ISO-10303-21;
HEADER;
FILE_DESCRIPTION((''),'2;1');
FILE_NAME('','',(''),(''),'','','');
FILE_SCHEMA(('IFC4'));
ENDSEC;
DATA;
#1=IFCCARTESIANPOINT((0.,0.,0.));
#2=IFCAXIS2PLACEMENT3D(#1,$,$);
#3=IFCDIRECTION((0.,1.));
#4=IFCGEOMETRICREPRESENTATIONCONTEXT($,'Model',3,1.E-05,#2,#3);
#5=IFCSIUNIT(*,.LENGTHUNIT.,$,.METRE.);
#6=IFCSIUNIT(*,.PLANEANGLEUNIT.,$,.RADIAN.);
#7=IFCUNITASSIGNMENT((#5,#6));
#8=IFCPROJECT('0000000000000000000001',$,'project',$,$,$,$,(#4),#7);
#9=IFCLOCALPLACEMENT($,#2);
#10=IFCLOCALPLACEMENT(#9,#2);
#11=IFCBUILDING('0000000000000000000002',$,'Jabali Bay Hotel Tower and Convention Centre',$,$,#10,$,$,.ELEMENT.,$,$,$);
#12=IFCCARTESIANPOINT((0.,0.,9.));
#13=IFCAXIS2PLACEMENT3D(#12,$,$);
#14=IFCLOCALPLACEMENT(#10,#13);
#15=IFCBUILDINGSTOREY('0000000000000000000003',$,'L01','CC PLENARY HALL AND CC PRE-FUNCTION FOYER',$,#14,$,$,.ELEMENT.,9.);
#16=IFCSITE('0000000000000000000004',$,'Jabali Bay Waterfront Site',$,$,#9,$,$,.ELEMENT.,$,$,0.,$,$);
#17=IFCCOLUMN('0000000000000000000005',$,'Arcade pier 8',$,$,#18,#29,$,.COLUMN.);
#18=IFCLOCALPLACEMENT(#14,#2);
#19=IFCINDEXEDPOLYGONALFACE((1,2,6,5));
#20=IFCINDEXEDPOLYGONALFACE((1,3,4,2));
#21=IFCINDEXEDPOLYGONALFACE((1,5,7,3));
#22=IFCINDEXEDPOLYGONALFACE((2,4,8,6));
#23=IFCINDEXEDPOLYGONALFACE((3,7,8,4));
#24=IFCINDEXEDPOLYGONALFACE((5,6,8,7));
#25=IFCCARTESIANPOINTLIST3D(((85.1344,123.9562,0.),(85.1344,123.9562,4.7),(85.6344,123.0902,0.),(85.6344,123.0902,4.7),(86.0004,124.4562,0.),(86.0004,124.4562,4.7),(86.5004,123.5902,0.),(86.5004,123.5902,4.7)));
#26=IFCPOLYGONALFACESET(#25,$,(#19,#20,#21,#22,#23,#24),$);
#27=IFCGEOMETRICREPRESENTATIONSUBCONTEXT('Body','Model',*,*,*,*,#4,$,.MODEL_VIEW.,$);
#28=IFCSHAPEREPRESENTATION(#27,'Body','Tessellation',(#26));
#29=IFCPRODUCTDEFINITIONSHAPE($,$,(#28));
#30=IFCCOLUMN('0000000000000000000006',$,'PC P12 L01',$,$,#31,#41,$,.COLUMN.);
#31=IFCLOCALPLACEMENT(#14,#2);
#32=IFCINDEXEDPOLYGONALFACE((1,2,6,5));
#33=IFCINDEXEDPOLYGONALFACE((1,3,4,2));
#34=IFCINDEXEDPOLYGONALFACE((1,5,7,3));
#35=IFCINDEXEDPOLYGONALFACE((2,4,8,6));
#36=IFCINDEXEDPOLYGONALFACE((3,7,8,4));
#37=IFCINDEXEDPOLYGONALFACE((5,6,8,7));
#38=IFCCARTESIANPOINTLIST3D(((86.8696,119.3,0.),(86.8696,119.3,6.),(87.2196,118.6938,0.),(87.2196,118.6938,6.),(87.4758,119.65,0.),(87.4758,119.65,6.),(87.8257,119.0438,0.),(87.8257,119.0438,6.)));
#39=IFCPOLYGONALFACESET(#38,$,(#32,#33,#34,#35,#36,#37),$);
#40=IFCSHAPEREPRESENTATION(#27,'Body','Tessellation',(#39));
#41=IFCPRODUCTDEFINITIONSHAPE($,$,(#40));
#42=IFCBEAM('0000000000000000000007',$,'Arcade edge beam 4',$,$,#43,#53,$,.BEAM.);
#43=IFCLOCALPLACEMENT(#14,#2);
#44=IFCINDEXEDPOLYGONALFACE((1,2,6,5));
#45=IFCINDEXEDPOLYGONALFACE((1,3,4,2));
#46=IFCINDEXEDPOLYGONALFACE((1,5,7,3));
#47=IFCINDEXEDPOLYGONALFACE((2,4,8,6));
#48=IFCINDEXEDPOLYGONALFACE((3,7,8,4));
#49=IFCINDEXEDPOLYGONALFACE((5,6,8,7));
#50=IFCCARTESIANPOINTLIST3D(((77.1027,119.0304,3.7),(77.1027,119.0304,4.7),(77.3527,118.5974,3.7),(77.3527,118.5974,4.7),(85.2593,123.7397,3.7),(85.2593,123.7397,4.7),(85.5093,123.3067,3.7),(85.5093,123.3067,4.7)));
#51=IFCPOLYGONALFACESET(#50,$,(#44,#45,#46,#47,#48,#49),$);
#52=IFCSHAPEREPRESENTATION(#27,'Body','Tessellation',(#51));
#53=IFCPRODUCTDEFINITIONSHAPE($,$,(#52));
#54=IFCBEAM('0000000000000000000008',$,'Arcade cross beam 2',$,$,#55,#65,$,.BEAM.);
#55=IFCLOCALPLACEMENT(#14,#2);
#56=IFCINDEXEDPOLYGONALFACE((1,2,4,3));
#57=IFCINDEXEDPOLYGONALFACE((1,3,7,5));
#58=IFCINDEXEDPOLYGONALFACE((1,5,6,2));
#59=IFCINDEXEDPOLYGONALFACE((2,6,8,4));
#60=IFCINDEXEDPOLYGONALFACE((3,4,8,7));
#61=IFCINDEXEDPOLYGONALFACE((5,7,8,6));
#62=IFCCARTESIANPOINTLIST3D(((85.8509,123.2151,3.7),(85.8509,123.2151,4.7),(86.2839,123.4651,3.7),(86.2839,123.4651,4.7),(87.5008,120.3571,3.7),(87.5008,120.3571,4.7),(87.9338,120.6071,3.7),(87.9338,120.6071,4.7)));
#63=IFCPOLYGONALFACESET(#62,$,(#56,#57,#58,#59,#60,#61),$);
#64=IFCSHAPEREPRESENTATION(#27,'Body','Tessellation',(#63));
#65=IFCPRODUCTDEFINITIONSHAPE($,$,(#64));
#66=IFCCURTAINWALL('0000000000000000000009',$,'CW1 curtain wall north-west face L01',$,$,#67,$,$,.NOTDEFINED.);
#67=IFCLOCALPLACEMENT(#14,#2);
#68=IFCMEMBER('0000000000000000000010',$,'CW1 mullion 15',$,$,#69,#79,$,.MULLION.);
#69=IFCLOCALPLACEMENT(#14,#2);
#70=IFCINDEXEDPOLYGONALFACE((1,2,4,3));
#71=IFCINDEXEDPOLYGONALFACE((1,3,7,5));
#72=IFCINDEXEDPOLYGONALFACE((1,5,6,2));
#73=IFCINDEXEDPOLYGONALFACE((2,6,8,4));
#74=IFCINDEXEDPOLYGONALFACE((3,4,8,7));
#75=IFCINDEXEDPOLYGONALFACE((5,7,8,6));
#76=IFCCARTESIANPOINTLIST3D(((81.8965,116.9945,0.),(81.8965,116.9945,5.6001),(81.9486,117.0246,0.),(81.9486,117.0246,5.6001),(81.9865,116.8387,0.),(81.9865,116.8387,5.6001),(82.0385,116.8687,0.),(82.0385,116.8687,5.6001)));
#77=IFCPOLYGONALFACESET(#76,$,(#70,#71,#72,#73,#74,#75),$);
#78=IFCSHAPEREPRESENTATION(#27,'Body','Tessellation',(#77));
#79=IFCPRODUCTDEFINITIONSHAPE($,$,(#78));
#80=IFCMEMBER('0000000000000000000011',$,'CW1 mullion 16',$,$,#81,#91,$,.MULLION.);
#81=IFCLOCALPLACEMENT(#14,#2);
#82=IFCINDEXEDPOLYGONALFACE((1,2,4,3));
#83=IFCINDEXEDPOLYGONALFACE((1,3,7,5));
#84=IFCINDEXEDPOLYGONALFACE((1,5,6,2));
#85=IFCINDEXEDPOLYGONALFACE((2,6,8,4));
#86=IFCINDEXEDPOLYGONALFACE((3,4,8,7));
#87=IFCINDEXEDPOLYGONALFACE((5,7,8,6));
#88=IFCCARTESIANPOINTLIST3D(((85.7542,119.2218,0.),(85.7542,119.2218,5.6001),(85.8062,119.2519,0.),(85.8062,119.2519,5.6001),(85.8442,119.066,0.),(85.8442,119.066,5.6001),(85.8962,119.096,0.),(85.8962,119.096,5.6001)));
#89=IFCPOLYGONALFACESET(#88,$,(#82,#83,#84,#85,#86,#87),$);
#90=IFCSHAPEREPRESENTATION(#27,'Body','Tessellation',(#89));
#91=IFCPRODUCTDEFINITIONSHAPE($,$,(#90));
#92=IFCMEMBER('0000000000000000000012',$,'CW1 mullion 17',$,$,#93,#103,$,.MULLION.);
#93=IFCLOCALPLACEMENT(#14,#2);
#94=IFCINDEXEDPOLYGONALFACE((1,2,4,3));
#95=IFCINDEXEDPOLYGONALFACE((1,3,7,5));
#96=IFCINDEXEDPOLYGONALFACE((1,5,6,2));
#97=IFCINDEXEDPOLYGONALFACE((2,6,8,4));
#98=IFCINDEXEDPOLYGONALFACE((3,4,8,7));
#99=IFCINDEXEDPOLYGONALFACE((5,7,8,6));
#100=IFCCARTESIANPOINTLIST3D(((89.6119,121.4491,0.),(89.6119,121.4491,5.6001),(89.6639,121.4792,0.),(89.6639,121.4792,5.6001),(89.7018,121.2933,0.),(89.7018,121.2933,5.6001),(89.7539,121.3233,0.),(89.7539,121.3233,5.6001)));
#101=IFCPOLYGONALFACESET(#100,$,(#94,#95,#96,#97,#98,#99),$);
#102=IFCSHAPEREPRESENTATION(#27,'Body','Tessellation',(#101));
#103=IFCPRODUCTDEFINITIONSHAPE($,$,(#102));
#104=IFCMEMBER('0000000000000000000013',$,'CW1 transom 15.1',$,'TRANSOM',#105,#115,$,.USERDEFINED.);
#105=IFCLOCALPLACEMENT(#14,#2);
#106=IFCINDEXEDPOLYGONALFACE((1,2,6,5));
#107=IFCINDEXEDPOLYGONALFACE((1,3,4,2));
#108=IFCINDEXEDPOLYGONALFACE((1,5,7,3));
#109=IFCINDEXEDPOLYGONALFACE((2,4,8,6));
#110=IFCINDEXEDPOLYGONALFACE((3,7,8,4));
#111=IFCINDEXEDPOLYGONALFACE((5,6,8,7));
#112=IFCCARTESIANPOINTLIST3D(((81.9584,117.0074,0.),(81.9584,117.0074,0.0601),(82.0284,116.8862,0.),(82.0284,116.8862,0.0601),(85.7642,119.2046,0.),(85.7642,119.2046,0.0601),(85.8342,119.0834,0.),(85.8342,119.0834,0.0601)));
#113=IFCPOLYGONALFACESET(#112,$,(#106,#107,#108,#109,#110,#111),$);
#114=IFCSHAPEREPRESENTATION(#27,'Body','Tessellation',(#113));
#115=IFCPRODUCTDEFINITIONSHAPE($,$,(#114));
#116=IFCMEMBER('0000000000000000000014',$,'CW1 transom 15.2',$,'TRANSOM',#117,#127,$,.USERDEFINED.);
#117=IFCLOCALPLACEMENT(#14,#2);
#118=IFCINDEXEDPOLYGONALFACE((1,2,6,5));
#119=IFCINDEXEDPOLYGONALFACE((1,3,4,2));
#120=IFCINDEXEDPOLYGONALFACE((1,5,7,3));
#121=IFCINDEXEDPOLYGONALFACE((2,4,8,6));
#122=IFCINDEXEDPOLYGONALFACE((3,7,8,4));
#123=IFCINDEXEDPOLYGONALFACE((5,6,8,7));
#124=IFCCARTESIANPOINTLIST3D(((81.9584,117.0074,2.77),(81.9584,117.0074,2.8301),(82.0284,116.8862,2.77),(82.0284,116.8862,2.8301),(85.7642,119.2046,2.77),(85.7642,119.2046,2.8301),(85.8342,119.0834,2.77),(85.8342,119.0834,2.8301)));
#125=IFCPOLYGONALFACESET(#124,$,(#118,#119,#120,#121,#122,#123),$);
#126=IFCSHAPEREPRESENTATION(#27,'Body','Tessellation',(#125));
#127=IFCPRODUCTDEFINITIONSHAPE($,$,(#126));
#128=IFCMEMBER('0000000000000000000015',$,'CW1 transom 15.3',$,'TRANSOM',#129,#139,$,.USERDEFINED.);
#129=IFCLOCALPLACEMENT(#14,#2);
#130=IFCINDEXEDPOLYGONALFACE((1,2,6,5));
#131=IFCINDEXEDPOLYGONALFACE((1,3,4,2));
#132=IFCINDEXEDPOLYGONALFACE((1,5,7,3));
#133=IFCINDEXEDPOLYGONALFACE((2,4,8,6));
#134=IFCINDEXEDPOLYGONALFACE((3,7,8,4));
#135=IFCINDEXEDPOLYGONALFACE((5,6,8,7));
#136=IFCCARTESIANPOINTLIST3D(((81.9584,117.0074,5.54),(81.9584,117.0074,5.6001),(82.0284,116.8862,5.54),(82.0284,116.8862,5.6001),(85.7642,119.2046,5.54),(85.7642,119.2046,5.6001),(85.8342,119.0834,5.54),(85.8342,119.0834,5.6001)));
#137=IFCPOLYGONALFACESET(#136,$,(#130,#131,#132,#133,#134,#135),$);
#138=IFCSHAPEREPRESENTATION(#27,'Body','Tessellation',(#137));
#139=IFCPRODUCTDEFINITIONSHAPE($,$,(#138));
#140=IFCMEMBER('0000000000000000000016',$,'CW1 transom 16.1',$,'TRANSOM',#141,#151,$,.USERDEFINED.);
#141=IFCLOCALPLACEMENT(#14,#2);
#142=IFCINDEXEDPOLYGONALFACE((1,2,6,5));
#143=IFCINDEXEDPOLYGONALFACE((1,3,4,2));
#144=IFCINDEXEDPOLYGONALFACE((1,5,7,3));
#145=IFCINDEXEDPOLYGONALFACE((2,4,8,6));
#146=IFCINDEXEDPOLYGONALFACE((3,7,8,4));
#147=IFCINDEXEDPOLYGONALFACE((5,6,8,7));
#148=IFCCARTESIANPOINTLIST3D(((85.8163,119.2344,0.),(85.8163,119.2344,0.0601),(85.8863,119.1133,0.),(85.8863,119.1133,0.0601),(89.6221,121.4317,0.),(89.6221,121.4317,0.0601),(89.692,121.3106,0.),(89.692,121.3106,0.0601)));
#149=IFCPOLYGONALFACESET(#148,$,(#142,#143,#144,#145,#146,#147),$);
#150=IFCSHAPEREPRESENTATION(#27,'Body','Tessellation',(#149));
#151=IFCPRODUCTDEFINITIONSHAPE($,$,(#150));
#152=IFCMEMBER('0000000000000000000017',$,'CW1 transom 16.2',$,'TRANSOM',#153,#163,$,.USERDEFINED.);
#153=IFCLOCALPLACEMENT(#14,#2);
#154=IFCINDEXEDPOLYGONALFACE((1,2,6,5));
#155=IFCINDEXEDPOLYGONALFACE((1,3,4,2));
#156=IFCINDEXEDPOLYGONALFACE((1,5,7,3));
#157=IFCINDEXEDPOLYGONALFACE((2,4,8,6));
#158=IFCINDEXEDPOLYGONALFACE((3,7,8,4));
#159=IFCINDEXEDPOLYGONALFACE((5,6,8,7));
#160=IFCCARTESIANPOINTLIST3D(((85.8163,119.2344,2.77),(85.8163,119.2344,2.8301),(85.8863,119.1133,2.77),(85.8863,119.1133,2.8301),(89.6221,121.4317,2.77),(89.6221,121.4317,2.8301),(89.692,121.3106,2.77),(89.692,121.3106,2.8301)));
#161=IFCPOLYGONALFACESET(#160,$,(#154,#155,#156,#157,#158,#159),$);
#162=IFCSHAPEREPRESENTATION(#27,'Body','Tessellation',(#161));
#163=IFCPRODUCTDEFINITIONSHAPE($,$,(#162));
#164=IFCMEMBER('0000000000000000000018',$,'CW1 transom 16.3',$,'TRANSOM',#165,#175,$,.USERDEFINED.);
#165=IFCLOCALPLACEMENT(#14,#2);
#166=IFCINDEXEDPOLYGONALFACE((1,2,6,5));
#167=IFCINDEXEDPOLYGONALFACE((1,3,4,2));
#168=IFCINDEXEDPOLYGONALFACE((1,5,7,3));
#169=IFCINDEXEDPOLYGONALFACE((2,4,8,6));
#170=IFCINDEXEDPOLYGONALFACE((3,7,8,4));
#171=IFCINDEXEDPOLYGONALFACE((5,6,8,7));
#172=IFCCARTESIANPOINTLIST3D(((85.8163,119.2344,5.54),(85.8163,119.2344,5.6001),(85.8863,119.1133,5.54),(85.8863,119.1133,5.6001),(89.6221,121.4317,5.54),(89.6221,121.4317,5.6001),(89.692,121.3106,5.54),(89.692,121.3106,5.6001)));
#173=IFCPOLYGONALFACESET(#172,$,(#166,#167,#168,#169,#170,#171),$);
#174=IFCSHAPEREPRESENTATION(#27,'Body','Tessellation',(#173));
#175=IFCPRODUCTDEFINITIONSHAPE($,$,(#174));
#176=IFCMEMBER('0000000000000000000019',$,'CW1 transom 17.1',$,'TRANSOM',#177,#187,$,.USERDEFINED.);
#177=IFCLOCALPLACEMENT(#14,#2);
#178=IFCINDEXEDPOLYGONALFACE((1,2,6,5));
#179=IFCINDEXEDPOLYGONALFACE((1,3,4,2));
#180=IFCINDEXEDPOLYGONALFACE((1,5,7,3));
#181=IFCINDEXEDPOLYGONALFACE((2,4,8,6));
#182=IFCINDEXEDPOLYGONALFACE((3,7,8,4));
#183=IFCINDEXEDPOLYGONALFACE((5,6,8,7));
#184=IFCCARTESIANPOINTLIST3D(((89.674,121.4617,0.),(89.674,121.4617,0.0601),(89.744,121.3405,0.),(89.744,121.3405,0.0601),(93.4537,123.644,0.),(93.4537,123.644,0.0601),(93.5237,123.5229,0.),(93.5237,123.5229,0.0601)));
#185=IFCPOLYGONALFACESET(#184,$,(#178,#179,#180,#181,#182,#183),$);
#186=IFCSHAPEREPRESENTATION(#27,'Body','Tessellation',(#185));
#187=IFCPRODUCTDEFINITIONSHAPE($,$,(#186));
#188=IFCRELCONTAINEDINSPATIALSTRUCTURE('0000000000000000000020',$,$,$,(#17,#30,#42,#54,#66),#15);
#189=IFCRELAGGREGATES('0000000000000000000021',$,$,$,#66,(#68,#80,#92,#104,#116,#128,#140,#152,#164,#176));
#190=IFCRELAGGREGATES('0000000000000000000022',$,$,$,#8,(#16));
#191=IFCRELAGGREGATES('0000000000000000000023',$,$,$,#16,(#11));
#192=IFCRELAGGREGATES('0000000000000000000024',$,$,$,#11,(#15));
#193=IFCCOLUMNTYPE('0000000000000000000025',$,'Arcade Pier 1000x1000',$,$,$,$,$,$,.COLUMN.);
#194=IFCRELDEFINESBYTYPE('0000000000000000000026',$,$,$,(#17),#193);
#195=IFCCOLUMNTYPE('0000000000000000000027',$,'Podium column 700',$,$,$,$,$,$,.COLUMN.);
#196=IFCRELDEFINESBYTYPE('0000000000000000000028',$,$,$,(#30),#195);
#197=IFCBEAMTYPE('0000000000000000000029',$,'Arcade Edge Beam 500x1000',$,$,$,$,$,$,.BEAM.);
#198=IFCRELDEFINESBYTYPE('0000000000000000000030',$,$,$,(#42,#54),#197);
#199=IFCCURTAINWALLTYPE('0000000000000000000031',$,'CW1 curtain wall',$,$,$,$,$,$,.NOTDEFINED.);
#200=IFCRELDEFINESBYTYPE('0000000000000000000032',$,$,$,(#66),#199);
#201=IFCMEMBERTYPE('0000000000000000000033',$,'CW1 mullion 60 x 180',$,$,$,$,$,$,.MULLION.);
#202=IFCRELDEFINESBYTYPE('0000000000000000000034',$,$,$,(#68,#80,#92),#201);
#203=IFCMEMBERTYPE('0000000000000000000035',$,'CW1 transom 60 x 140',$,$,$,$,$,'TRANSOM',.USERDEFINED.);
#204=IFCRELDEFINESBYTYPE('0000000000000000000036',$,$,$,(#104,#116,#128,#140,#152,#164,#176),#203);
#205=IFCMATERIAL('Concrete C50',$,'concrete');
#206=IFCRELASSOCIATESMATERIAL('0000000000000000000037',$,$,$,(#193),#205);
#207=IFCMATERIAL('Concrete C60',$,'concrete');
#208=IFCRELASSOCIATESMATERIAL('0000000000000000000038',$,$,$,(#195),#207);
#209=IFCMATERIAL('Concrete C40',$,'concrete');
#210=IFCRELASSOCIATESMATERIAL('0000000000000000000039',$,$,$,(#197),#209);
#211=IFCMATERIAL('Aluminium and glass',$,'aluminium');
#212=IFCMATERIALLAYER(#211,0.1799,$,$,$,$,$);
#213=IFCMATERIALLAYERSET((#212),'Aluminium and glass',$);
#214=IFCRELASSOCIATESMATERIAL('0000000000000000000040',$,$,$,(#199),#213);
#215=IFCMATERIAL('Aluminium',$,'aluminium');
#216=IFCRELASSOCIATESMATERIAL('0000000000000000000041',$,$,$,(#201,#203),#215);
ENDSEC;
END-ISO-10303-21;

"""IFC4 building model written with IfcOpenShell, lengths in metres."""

from ifc_helpers import new_model, si_unit, direction, frame, origin, origin_2d, place, context, subcontext, project, spatial, rectangle, extrude, material, layer, layer_set, material_profile, profile_set, type_object, element, aggregate, save


model = new_model("IFC4")

# Units and contexts
model_context = context("Model", 3, precision=1e-05, world=origin(), true_north=direction((0.0, 1.0)))
body_context = subcontext(model_context, "Body", "Model", "MODEL_VIEW")
ifc_project = project(units=[si_unit("LENGTHUNIT", "METRE"), si_unit("PLANEANGLEUNIT", "RADIAN")], contexts=[model_context])

# Site, building, storey
site_placement = place(None, origin())
site = spatial("IfcSite", under=ifc_project, at=site_placement, Name="Jabali Bay Waterfront Site", CompositionType="ELEMENT", RefElevation=0.0)
building_placement = place(site_placement, origin())
building = spatial("IfcBuilding", under=site, at=building_placement, Name="Jabali Bay Hotel Tower and Convention Centre", CompositionType="ELEMENT")
storey_placement = place(building_placement, frame((0.0, 0.0, 9.0)))
storey = spatial("IfcBuildingStorey", under=building, at=storey_placement, Name="L01", Description="CC PLENARY HALL AND CC PRE-FUNCTION FOYER", CompositionType="ELEMENT", Elevation=9.0)

# Columns
ifc_material_1 = material(Name="Concrete C50", Category="concrete")
ifc_material_profile_1 = material_profile(ifc_material_1, rectangle(XDim=1.0, YDim=1.0, at=origin_2d()), Name="RC 1000x1000")
ifc_profile_set_1 = profile_set([ifc_material_profile_1], Name="Concrete C50")
column_type_1 = type_object("IfcColumnType", Name="Arcade Pier 1000x1000", PredefinedType="COLUMN", material=ifc_profile_set_1)
column_1_placement = place(storey_placement, frame((85.8174, 123.7732, 0.0), z_axis=(0.0, 0.0, 1.0), x_axis=(-0.866025, -0.5, 0.0)))
element("IfcColumn", 1, at=column_1_placement, inside=storey, type_object=column_type_1, Name="Arcade pier 8", PredefinedType="COLUMN", context=body_context, shape_type="SweptSolid", body=[
    extrude(rectangle(XDim=1.0, YDim=1.0, at=origin_2d()), origin(), (0.0, 0.0, 1.0), 4.7),
])
ifc_material_2 = material(Name="Concrete C60", Category="concrete")
ifc_material_profile_2 = material_profile(ifc_material_2, rectangle(XDim=0.7, YDim=0.7, at=origin_2d()), Name="Podium column 700")
ifc_profile_set_2 = profile_set([ifc_material_profile_2], Name="Concrete C60")
column_type_2 = type_object("IfcColumnType", Name="Podium column 700", PredefinedType="COLUMN", material=ifc_profile_set_2)
column_2_placement = place(storey_placement, frame((87.3477, 119.1719, 0.0), z_axis=(0.0, 0.0, 1.0), x_axis=(0.866025, 0.5, 0.0)))
element("IfcColumn", 2, at=column_2_placement, inside=storey, type_object=column_type_2, Name="PC P12 L01", PredefinedType="COLUMN", context=body_context, shape_type="SweptSolid", body=[
    extrude(rectangle(XDim=0.7, YDim=0.7, at=origin_2d()), origin(), (0.0, 0.0, 1.0), 6.0),
])

# Beams
ifc_material_3 = material(Name="Concrete C40", Category="concrete")
ifc_material_profile_3 = material_profile(ifc_material_3, rectangle(XDim=0.5, YDim=1.0, at=origin_2d()), Name="RC 500x1000")
ifc_profile_set_3 = profile_set([ifc_material_profile_3], Name="Concrete C40")
beam_type = type_object("IfcBeamType", Name="Arcade Edge Beam 500x1000", PredefinedType="BEAM", material=ifc_profile_set_3)
beam_1_placement = place(storey_placement, frame((85.3843, 123.5232, 4.2), z_axis=(-0.866022, -0.500006, 0.0), x_axis=(0.500006, -0.866022, 0.0)))
element("IfcBeam", 3, at=beam_1_placement, inside=storey, type_object=beam_type, Name="Arcade edge beam 4", PredefinedType="BEAM", context=body_context, shape_type="SweptSolid", body=[
    extrude(rectangle(XDim=0.5, YDim=1.0, at=origin_2d()), origin(), (0.0, 0.0, 1.0), 9.4185),
])
beam_2_placement = place(storey_placement, frame((86.0674, 123.3401, 4.2), z_axis=(0.499974, -0.86604, 0.0), x_axis=(0.86604, 0.499974, 0.0)))
element("IfcBeam", 4, at=beam_2_placement, inside=storey, type_object=beam_type, Name="Arcade cross beam 2", PredefinedType="BEAM", context=body_context, shape_type="SweptSolid", body=[
    extrude(rectangle(XDim=0.5, YDim=1.0, at=origin_2d()), origin(), (0.0, 0.0, 1.0), 3.3),
])

# Curtain wall, members
ifc_material_4 = material(Name="Aluminium and glass", Category="aluminium")
ifc_layer_1 = layer(ifc_material_4, 0.1799)
ifc_layer_set_1 = layer_set([ifc_layer_1], Name="Aluminium and glass")
curtain_wall_type = type_object("IfcCurtainWallType", Name="CW1 curtain wall", PredefinedType="NOTDEFINED", material=ifc_layer_set_1)
curtain_wall_placement = place(storey_placement, origin())
curtain_wall = element("IfcCurtainWall", 5, at=curtain_wall_placement, inside=storey, type_object=curtain_wall_type, Name="CW1 curtain wall north-west face L01", PredefinedType="NOTDEFINED")
ifc_material_5 = material(Name="Aluminium", Category="aluminium")
ifc_material_profile_4 = material_profile(ifc_material_5, rectangle(XDim=0.1799, YDim=0.0601, at=origin_2d()), Name="CW1 mullion 60 x 180")
ifc_profile_set_4 = profile_set([ifc_material_profile_4], Name="Aluminium")
member_type_1 = type_object("IfcMemberType", Name="CW1 mullion 60 x 180", PredefinedType="MULLION", material=ifc_profile_set_4)
member_1_placement = place(storey_placement, frame((81.9675, 116.9316, 0.0), z_axis=(0.0, 0.0, 1.0), x_axis=(-0.5, 0.866025, 0.0)))
member_1 = element("IfcMember", 6, at=member_1_placement, type_object=member_type_1, Name="CW1 mullion 15", PredefinedType="MULLION", context=body_context, shape_type="SweptSolid", body=[
    extrude(rectangle(XDim=0.1799, YDim=0.0601, at=origin_2d()), origin(), (0.0, 0.0, 1.0), 5.6001),
])
member_2_placement = place(storey_placement, frame((85.8252, 119.1589, 0.0), z_axis=(0.0, 0.0, 1.0), x_axis=(-0.5, 0.866025, 0.0)))
member_2 = element("IfcMember", 7, at=member_2_placement, type_object=member_type_1, Name="CW1 mullion 16", PredefinedType="MULLION", context=body_context, shape_type="SweptSolid", body=[
    extrude(rectangle(XDim=0.1799, YDim=0.0601, at=origin_2d()), origin(), (0.0, 0.0, 1.0), 5.6001),
])
member_3_placement = place(storey_placement, frame((89.6829, 121.3862, 0.0), z_axis=(0.0, 0.0, 1.0), x_axis=(-0.5, 0.866025, 0.0)))
member_3 = element("IfcMember", 8, at=member_3_placement, type_object=member_type_1, Name="CW1 mullion 17", PredefinedType="MULLION", context=body_context, shape_type="SweptSolid", body=[
    extrude(rectangle(XDim=0.1799, YDim=0.0601, at=origin_2d()), origin(), (0.0, 0.0, 1.0), 5.6001),
])
ifc_material_profile_5 = material_profile(ifc_material_5, rectangle(XDim=0.1399, YDim=0.0601, at=origin_2d()), Name="CW1 transom 60 x 140")
ifc_profile_set_5 = profile_set([ifc_material_profile_5], Name="Aluminium")
member_type_2 = type_object("IfcMemberType", Name="CW1 transom 60 x 140", ElementType="TRANSOM", PredefinedType="USERDEFINED", material=ifc_profile_set_5)
member_4_placement = place(storey_placement, frame((81.9934, 116.9468, 0.03), z_axis=(0.866033, 0.499987, 0.0), x_axis=(-0.499987, 0.866033, 0.0)))
member_4 = element("IfcMember", 9, at=member_4_placement, type_object=member_type_2, Name="CW1 transom 15.1", ObjectType="TRANSOM", PredefinedType="USERDEFINED", context=body_context, shape_type="SweptSolid", body=[
    extrude(rectangle(XDim=0.1399, YDim=0.0601, at=origin_2d()), origin(), (0.0, 0.0, 1.0), 4.3945),
])
member_5_placement = place(storey_placement, frame((81.9934, 116.9468, 2.8), z_axis=(0.866033, 0.499987, 0.0), x_axis=(-0.499987, 0.866033, 0.0)))
member_5 = element("IfcMember", 10, at=member_5_placement, type_object=member_type_2, Name="CW1 transom 15.2", ObjectType="TRANSOM", PredefinedType="USERDEFINED", context=body_context, shape_type="SweptSolid", body=[
    extrude(rectangle(XDim=0.1399, YDim=0.0601, at=origin_2d()), origin(), (0.0, 0.0, 1.0), 4.3945),
])
member_6_placement = place(storey_placement, frame((81.9934, 116.9468, 5.5701), z_axis=(0.866033, 0.499987, 0.0), x_axis=(-0.499987, 0.866033, 0.0)))
member_6 = element("IfcMember", 11, at=member_6_placement, type_object=member_type_2, Name="CW1 transom 15.3", ObjectType="TRANSOM", PredefinedType="USERDEFINED", context=body_context, shape_type="SweptSolid", body=[
    extrude(rectangle(XDim=0.1399, YDim=0.0601, at=origin_2d()), origin(), (0.0, 0.0, 1.0), 4.3945),
])
member_7_placement = place(storey_placement, frame((85.8513, 119.1738, 0.03), z_axis=(0.866019, 0.500011, 0.0), x_axis=(-0.500011, 0.866019, 0.0)))
member_7 = element("IfcMember", 12, at=member_7_placement, type_object=member_type_2, Name="CW1 transom 16.1", ObjectType="TRANSOM", PredefinedType="USERDEFINED", context=body_context, shape_type="SweptSolid", body=[
    extrude(rectangle(XDim=0.1399, YDim=0.0601, at=origin_2d()), origin(), (0.0, 0.0, 1.0), 4.3945),
])
member_8_placement = place(storey_placement, frame((85.8513, 119.1738, 2.8), z_axis=(0.866019, 0.500011, 0.0), x_axis=(-0.500011, 0.866019, 0.0)))
member_8 = element("IfcMember", 13, at=member_8_placement, type_object=member_type_2, Name="CW1 transom 16.2", ObjectType="TRANSOM", PredefinedType="USERDEFINED", context=body_context, shape_type="SweptSolid", body=[
    extrude(rectangle(XDim=0.1399, YDim=0.0601, at=origin_2d()), origin(), (0.0, 0.0, 1.0), 4.3945),
])
member_9_placement = place(storey_placement, frame((85.8513, 119.1738, 5.5701), z_axis=(0.866019, 0.500011, 0.0), x_axis=(-0.500011, 0.866019, 0.0)))
member_9 = element("IfcMember", 14, at=member_9_placement, type_object=member_type_2, Name="CW1 transom 16.3", ObjectType="TRANSOM", PredefinedType="USERDEFINED", context=body_context, shape_type="SweptSolid", body=[
    extrude(rectangle(XDim=0.1399, YDim=0.0601, at=origin_2d()), origin(), (0.0, 0.0, 1.0), 4.3945),
])
member_10_placement = place(storey_placement, frame((89.709, 121.4011, 0.03), z_axis=(0.866014, 0.500019, 0.0), x_axis=(-0.500019, 0.866014, 0.0)))
member_10 = element("IfcMember", 15, at=member_10_placement, type_object=member_type_2, Name="CW1 transom 17.1", ObjectType="TRANSOM", PredefinedType="USERDEFINED", context=body_context, shape_type="SweptSolid", body=[
    extrude(rectangle(XDim=0.1399, YDim=0.0601, at=origin_2d()), origin(), (0.0, 0.0, 1.0), 4.3645),
])
aggregate(curtain_wall, [member_1, member_2, member_3, member_4, member_5, member_6, member_7, member_8, member_9, member_10])

save(model, "model.ifc")
